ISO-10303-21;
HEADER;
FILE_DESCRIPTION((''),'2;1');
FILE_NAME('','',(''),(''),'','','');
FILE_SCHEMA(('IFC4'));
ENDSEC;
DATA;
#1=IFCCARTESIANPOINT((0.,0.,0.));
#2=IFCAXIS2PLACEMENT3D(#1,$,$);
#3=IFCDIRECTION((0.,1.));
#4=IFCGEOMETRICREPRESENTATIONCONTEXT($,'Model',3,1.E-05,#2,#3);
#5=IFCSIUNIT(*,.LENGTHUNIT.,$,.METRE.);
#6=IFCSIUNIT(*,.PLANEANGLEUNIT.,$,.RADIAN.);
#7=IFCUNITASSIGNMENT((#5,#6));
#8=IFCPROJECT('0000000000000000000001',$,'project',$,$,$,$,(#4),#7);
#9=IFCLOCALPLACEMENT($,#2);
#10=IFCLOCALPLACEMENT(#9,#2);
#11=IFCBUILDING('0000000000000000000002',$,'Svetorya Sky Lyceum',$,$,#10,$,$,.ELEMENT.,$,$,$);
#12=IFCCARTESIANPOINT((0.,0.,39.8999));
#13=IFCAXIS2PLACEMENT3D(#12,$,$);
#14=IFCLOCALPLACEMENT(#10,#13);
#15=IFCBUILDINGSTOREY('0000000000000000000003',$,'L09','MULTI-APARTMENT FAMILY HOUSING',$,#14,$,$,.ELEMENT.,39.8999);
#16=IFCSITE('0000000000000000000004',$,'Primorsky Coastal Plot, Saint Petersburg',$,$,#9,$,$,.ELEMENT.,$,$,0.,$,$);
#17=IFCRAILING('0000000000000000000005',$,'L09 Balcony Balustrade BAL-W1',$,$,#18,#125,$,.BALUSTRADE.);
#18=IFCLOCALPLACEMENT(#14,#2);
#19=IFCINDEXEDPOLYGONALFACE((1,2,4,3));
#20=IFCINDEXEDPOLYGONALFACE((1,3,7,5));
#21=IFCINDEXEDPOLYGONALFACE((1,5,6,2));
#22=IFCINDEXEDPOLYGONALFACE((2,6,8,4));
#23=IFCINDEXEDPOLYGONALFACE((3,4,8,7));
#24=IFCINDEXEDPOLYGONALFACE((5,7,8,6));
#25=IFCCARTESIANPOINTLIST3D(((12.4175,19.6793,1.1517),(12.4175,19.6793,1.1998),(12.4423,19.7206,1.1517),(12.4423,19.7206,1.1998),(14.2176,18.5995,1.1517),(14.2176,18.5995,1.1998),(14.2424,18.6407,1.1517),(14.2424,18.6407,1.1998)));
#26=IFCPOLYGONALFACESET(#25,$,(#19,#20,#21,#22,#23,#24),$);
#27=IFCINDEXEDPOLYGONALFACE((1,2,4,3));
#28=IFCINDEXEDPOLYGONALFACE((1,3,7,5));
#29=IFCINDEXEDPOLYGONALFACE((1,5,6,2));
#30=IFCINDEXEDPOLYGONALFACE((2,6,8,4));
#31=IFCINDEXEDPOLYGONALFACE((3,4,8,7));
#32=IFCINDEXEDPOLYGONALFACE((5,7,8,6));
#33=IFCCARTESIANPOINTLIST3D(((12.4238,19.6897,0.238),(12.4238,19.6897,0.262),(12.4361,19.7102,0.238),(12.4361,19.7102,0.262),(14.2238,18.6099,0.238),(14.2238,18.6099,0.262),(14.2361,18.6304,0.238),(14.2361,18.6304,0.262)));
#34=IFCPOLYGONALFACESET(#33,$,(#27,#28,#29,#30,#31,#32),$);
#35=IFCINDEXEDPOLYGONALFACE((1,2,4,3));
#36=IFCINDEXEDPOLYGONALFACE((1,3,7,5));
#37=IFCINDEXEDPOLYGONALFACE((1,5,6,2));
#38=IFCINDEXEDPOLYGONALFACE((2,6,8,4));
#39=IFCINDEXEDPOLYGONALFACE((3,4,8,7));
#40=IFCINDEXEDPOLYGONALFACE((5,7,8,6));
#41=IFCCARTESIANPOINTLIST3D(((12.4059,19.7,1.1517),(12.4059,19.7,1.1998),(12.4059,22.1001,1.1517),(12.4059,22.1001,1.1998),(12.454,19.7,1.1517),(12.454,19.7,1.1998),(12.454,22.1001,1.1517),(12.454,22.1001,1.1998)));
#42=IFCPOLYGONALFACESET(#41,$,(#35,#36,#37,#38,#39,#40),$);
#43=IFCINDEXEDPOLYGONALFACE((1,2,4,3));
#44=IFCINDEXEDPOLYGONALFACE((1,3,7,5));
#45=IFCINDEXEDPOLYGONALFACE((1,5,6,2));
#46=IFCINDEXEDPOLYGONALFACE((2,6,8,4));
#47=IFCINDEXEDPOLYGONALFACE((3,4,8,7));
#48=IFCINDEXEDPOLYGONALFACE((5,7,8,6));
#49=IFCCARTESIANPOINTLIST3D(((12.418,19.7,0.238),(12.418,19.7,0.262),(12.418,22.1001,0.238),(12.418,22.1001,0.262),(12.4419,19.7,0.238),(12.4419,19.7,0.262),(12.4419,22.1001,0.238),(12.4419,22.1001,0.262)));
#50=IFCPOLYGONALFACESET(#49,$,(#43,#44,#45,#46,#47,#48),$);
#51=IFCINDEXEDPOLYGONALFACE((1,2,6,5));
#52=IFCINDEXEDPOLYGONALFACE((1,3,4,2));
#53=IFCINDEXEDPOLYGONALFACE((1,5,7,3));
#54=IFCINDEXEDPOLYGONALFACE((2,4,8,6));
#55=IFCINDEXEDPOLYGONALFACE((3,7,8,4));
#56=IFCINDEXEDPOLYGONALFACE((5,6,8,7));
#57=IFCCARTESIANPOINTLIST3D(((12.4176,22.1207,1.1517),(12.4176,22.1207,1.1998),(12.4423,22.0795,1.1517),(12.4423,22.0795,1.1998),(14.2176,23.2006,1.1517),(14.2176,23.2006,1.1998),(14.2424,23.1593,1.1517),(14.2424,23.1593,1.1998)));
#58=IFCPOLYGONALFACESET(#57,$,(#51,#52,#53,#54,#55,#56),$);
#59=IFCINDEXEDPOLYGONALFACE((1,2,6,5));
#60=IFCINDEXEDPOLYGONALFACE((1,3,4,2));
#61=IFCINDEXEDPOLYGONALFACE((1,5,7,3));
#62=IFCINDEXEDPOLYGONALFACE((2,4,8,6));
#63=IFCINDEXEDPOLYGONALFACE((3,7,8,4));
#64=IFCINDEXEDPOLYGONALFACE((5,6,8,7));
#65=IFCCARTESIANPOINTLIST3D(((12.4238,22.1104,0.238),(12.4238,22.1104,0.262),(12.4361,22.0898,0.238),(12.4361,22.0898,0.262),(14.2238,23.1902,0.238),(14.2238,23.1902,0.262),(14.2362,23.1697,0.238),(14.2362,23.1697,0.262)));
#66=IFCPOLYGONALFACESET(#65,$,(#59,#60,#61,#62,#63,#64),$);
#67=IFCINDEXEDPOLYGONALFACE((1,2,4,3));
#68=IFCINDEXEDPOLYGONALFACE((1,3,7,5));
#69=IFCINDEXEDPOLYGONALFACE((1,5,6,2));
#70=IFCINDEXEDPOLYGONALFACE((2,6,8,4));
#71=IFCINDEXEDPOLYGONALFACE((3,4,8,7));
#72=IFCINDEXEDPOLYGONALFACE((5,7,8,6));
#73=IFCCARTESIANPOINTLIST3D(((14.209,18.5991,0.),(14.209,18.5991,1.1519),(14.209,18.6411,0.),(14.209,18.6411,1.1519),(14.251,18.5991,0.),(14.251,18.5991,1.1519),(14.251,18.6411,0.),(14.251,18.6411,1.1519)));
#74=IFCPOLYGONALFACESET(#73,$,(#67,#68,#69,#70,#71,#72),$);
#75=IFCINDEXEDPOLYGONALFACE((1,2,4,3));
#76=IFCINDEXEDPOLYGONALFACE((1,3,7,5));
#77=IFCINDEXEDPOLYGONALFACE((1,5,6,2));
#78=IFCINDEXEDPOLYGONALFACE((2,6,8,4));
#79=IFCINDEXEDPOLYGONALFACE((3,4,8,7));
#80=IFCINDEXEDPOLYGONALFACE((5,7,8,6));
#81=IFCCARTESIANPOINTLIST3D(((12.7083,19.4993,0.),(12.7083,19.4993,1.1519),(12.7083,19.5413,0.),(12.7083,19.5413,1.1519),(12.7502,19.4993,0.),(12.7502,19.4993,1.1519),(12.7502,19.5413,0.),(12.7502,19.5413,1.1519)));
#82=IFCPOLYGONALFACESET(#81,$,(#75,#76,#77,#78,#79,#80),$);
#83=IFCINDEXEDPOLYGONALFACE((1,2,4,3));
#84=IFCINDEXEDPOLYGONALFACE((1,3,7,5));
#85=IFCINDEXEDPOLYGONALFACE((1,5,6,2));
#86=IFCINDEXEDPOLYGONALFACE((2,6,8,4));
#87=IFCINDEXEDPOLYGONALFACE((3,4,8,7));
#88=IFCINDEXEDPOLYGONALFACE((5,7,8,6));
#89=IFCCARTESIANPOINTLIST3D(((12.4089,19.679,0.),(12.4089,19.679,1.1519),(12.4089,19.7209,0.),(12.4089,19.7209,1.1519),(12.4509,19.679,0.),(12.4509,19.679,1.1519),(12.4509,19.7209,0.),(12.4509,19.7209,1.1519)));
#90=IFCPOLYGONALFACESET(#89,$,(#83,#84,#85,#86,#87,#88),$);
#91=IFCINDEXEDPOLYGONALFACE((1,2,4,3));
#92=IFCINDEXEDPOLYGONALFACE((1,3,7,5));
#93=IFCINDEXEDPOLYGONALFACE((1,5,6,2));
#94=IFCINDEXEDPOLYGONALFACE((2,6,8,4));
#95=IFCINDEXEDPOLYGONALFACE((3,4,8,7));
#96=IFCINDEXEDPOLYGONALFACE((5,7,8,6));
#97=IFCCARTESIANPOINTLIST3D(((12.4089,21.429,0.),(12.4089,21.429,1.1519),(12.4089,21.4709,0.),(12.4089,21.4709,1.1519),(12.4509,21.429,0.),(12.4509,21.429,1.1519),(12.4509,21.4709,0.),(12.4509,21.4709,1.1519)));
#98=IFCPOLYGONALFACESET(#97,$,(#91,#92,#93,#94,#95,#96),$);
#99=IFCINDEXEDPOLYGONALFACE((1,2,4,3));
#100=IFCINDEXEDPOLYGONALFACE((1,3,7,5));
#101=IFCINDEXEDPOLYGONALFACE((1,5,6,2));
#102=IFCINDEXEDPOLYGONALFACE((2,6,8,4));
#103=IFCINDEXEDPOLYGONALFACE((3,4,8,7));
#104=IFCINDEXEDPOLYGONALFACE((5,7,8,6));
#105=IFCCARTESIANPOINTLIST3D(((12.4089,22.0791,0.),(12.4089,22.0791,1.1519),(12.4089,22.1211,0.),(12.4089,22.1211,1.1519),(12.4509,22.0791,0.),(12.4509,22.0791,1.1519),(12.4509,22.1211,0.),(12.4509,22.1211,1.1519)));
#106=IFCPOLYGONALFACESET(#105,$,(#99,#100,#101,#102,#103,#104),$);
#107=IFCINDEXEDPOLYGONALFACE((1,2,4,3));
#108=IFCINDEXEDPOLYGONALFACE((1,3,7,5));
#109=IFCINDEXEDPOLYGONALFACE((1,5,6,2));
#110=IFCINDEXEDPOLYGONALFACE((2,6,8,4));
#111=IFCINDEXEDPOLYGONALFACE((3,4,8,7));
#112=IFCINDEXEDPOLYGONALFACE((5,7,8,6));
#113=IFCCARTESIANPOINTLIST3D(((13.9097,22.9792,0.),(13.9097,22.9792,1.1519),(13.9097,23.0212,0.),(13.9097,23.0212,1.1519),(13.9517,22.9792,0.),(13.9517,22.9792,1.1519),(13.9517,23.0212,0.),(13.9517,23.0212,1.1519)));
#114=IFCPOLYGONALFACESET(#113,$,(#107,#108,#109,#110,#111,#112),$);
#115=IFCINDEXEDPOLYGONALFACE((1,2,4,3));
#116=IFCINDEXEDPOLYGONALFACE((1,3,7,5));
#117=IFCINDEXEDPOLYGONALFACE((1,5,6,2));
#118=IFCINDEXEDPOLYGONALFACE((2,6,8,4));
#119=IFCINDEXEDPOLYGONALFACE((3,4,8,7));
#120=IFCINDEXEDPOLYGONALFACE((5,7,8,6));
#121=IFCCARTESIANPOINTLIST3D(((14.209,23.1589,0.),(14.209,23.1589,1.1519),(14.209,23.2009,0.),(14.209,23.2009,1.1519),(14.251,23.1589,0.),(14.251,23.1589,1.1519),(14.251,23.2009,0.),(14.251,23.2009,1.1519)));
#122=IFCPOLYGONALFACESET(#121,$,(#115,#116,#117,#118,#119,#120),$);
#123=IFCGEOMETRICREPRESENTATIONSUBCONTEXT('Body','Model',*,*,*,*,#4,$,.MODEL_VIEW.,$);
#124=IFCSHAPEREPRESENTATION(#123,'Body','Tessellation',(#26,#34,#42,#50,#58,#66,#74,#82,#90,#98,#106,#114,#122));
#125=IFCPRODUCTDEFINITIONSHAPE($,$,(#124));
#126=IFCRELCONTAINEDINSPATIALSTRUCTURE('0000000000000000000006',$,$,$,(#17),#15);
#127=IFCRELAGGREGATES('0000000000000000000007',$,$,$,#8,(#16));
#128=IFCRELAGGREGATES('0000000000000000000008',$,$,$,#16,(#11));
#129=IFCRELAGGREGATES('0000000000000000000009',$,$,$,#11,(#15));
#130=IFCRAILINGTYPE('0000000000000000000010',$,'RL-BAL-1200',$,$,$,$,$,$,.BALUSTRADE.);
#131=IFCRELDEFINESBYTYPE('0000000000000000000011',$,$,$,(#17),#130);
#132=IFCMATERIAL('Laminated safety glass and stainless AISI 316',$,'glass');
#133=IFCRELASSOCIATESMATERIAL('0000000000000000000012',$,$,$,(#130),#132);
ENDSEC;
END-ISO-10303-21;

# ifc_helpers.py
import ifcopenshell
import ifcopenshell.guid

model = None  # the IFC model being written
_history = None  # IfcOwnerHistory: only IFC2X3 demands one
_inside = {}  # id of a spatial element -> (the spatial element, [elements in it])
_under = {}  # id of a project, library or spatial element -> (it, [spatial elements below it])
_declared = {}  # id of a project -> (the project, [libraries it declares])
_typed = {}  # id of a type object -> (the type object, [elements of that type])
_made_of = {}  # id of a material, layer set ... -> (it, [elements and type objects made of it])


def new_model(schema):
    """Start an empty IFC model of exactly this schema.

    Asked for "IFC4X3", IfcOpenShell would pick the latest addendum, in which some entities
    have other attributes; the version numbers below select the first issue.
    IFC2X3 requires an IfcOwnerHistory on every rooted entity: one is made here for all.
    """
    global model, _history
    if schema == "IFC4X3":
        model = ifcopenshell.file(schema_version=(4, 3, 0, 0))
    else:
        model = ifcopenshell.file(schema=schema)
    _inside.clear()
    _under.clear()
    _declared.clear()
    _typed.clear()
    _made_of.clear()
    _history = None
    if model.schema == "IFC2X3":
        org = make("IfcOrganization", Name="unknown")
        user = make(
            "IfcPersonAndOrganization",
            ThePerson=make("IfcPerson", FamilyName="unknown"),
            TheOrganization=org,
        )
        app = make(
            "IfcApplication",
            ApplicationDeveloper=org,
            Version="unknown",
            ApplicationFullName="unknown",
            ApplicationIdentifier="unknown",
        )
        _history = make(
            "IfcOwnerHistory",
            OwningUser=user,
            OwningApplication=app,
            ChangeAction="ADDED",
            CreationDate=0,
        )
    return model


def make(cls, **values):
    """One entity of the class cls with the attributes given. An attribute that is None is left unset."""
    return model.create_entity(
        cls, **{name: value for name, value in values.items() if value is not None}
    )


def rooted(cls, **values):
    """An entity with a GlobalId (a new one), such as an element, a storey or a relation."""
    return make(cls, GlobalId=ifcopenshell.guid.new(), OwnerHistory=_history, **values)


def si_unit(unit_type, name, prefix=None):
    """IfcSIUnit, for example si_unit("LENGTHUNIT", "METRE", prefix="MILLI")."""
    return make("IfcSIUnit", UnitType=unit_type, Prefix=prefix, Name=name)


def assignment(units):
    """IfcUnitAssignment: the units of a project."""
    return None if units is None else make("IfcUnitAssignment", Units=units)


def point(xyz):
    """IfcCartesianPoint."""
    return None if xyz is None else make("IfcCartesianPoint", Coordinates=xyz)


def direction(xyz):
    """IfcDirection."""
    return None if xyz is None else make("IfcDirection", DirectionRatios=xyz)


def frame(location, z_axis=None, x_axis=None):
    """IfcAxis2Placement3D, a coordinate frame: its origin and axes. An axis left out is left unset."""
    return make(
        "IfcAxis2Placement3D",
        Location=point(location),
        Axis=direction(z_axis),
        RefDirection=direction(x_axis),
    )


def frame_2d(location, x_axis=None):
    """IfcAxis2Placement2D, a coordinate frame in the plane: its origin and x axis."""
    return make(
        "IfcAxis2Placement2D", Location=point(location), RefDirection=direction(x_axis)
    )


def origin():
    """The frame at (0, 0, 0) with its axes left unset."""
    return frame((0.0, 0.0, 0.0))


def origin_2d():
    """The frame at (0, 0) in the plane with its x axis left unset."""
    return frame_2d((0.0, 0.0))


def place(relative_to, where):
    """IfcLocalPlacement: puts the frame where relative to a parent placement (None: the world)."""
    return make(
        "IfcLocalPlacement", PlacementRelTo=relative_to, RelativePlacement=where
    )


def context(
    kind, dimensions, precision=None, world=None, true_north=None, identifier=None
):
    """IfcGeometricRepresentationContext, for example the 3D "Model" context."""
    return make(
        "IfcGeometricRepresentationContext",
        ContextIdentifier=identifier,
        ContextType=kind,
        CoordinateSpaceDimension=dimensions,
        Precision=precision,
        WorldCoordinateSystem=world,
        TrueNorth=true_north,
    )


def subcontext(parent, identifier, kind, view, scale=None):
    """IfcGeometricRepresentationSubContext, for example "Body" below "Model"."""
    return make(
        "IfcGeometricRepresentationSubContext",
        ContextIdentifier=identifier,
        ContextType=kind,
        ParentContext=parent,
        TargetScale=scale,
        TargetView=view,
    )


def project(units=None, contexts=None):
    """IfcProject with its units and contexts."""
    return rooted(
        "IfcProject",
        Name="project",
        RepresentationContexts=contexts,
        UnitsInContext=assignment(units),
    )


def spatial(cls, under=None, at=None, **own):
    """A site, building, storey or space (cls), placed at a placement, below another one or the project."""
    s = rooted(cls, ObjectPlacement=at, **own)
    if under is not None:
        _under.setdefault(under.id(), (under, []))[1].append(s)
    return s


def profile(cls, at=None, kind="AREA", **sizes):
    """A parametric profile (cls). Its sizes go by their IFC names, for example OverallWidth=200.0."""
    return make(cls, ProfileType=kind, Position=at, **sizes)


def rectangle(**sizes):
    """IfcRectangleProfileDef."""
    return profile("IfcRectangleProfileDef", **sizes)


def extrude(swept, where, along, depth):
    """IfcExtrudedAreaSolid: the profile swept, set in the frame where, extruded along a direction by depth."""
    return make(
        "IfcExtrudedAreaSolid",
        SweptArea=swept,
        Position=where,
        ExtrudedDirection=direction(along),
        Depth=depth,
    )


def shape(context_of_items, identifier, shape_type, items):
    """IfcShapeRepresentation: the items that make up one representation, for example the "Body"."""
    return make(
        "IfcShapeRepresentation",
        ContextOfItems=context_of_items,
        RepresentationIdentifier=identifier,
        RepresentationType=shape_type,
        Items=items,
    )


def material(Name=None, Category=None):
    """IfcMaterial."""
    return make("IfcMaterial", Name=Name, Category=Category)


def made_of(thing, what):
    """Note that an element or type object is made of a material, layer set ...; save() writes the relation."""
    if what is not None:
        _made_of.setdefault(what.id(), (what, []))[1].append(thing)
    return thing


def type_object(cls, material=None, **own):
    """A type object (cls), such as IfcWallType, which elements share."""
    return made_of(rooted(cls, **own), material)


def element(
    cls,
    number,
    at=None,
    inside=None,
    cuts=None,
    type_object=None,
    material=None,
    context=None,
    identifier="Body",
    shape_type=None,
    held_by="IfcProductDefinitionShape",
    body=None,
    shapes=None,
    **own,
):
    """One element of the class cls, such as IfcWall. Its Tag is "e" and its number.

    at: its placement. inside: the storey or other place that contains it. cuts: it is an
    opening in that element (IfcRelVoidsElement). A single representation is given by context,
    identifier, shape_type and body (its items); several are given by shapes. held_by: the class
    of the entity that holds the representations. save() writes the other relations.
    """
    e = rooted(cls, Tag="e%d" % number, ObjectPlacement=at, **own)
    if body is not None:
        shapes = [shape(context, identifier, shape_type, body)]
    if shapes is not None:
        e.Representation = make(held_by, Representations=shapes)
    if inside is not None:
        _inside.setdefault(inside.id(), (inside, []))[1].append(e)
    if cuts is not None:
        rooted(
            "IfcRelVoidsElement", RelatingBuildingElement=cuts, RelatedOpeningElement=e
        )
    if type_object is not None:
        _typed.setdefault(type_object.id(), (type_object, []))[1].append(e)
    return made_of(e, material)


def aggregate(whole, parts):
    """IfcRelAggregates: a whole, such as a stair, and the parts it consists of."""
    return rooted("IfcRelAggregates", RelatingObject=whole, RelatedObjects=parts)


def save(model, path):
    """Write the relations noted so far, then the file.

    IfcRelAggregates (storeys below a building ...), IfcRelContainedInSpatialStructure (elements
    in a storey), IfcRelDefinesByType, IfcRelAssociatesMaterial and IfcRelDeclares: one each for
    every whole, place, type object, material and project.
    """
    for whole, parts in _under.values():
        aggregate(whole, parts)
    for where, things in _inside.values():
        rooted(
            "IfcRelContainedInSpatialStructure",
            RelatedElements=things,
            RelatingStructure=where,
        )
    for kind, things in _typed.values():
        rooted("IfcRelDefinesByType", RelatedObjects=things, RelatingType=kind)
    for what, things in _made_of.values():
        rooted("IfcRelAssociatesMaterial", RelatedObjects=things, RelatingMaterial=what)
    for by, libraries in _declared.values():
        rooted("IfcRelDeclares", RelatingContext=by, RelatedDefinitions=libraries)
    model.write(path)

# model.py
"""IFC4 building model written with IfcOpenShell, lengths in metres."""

from ifc_helpers import new_model, si_unit, direction, frame, origin, origin_2d, place, context, subcontext, project, spatial, rectangle, extrude, material, type_object, element, save


model = new_model("IFC4")

# Units and contexts
model_context = context("Model", 3, precision=1e-05, world=origin(), true_north=direction((0.0, 1.0)))
body_context = subcontext(model_context, "Body", "Model", "MODEL_VIEW")
ifc_project = project(units=[si_unit("LENGTHUNIT", "METRE"), si_unit("PLANEANGLEUNIT", "RADIAN")], contexts=[model_context])

# Site, building, storey
site_placement = place(None, origin())
site = spatial("IfcSite", under=ifc_project, at=site_placement, Name="Primorsky Coastal Plot, Saint Petersburg", CompositionType="ELEMENT", RefElevation=0.0)
building_placement = place(site_placement, origin())
building = spatial("IfcBuilding", under=site, at=building_placement, Name="Svetorya Sky Lyceum", CompositionType="ELEMENT")
storey_placement = place(building_placement, frame((0.0, 0.0, 39.8999)))
storey = spatial("IfcBuildingStorey", under=building, at=storey_placement, Name="L09", Description="MULTI-APARTMENT FAMILY HOUSING", CompositionType="ELEMENT", Elevation=39.8999)

# Railing
ifc_material_1 = material(Name="Laminated safety glass and stainless AISI 316", Category="glass")
railing_type = type_object("IfcRailingType", Name="RL-BAL-1200", PredefinedType="BALUSTRADE", material=ifc_material_1)
railing_placement = place(storey_placement, frame((14.23, 18.6201, 0.0)))
element("IfcRailing", 1, at=railing_placement, inside=storey, type_object=railing_type, Name="L09 Balcony Balustrade BAL-W1", PredefinedType="BALUSTRADE", context=body_context, shape_type="SweptSolid", body=[
    extrude(rectangle(XDim=0.0481, YDim=0.0481, at=origin_2d()), frame((0.0, 0.0, 1.1758), z_axis=(-0.857534, 0.514427, 0.0), x_axis=(-0.514427, -0.857534, 0.0)), (0.0, 0.0, 1.0), 2.0991),
    extrude(rectangle(XDim=0.0239, YDim=0.0239, at=origin_2d()), frame((0.0, 0.0, 0.25), z_axis=(-0.857534, 0.514427, 0.0), x_axis=(-0.514427, -0.857534, 0.0)), (0.0, 0.0, 1.0), 2.0991),
    extrude(rectangle(XDim=0.0481, YDim=0.0481, at=origin_2d()), frame((-1.8, 1.0798, 1.1758), z_axis=(0.0, 1.0, 0.0), x_axis=(-1.0, 0.0, 0.0)), (0.0, 0.0, 1.0), 2.4001),
    extrude(rectangle(XDim=0.0239, YDim=0.0239, at=origin_2d()), frame((-1.8, 1.0798, 0.25), z_axis=(0.0, 1.0, 0.0), x_axis=(-1.0, 0.0, 0.0)), (0.0, 0.0, 1.0), 2.4001),
    extrude(rectangle(XDim=0.0481, YDim=0.0481, at=origin_2d()), frame((-1.8, 3.48, 1.1758), z_axis=(0.857534, 0.514427, 0.0), x_axis=(-0.514427, 0.857534, 0.0)), (0.0, 0.0, 1.0), 2.0991),
    extrude(rectangle(XDim=0.0239, YDim=0.0239, at=origin_2d()), frame((-1.8, 3.48, 0.25), z_axis=(0.857534, 0.514427, 0.0), x_axis=(-0.514427, 0.857534, 0.0)), (0.0, 0.0, 1.0), 2.0991),
    extrude(rectangle(XDim=0.042, YDim=0.042, at=origin_2d()), origin(), (0.0, 0.0, 1.0), 1.1519),
    extrude(rectangle(XDim=0.042, YDim=0.042, at=origin_2d()), frame((-1.5007, 0.9001, 0.0)), (0.0, 0.0, 1.0), 1.1519),
    extrude(rectangle(XDim=0.042, YDim=0.042, at=origin_2d()), frame((-1.8, 1.0798, 0.0)), (0.0, 0.0, 1.0), 1.1519),
    extrude(rectangle(XDim=0.042, YDim=0.042, at=origin_2d()), frame((-1.8, 2.8298, 0.0)), (0.0, 0.0, 1.0), 1.1519),
    extrude(rectangle(XDim=0.042, YDim=0.042, at=origin_2d()), frame((-1.8, 3.48, 0.0)), (0.0, 0.0, 1.0), 1.1519),
    extrude(rectangle(XDim=0.042, YDim=0.042, at=origin_2d()), frame((-0.2993, 4.3801, 0.0)), (0.0, 0.0, 1.0), 1.1519),
    extrude(rectangle(XDim=0.042, YDim=0.042, at=origin_2d()), frame((0.0, 4.5598, 0.0)), (0.0, 0.0, 1.0), 1.1519),
])

save(model, "model.ifc")
